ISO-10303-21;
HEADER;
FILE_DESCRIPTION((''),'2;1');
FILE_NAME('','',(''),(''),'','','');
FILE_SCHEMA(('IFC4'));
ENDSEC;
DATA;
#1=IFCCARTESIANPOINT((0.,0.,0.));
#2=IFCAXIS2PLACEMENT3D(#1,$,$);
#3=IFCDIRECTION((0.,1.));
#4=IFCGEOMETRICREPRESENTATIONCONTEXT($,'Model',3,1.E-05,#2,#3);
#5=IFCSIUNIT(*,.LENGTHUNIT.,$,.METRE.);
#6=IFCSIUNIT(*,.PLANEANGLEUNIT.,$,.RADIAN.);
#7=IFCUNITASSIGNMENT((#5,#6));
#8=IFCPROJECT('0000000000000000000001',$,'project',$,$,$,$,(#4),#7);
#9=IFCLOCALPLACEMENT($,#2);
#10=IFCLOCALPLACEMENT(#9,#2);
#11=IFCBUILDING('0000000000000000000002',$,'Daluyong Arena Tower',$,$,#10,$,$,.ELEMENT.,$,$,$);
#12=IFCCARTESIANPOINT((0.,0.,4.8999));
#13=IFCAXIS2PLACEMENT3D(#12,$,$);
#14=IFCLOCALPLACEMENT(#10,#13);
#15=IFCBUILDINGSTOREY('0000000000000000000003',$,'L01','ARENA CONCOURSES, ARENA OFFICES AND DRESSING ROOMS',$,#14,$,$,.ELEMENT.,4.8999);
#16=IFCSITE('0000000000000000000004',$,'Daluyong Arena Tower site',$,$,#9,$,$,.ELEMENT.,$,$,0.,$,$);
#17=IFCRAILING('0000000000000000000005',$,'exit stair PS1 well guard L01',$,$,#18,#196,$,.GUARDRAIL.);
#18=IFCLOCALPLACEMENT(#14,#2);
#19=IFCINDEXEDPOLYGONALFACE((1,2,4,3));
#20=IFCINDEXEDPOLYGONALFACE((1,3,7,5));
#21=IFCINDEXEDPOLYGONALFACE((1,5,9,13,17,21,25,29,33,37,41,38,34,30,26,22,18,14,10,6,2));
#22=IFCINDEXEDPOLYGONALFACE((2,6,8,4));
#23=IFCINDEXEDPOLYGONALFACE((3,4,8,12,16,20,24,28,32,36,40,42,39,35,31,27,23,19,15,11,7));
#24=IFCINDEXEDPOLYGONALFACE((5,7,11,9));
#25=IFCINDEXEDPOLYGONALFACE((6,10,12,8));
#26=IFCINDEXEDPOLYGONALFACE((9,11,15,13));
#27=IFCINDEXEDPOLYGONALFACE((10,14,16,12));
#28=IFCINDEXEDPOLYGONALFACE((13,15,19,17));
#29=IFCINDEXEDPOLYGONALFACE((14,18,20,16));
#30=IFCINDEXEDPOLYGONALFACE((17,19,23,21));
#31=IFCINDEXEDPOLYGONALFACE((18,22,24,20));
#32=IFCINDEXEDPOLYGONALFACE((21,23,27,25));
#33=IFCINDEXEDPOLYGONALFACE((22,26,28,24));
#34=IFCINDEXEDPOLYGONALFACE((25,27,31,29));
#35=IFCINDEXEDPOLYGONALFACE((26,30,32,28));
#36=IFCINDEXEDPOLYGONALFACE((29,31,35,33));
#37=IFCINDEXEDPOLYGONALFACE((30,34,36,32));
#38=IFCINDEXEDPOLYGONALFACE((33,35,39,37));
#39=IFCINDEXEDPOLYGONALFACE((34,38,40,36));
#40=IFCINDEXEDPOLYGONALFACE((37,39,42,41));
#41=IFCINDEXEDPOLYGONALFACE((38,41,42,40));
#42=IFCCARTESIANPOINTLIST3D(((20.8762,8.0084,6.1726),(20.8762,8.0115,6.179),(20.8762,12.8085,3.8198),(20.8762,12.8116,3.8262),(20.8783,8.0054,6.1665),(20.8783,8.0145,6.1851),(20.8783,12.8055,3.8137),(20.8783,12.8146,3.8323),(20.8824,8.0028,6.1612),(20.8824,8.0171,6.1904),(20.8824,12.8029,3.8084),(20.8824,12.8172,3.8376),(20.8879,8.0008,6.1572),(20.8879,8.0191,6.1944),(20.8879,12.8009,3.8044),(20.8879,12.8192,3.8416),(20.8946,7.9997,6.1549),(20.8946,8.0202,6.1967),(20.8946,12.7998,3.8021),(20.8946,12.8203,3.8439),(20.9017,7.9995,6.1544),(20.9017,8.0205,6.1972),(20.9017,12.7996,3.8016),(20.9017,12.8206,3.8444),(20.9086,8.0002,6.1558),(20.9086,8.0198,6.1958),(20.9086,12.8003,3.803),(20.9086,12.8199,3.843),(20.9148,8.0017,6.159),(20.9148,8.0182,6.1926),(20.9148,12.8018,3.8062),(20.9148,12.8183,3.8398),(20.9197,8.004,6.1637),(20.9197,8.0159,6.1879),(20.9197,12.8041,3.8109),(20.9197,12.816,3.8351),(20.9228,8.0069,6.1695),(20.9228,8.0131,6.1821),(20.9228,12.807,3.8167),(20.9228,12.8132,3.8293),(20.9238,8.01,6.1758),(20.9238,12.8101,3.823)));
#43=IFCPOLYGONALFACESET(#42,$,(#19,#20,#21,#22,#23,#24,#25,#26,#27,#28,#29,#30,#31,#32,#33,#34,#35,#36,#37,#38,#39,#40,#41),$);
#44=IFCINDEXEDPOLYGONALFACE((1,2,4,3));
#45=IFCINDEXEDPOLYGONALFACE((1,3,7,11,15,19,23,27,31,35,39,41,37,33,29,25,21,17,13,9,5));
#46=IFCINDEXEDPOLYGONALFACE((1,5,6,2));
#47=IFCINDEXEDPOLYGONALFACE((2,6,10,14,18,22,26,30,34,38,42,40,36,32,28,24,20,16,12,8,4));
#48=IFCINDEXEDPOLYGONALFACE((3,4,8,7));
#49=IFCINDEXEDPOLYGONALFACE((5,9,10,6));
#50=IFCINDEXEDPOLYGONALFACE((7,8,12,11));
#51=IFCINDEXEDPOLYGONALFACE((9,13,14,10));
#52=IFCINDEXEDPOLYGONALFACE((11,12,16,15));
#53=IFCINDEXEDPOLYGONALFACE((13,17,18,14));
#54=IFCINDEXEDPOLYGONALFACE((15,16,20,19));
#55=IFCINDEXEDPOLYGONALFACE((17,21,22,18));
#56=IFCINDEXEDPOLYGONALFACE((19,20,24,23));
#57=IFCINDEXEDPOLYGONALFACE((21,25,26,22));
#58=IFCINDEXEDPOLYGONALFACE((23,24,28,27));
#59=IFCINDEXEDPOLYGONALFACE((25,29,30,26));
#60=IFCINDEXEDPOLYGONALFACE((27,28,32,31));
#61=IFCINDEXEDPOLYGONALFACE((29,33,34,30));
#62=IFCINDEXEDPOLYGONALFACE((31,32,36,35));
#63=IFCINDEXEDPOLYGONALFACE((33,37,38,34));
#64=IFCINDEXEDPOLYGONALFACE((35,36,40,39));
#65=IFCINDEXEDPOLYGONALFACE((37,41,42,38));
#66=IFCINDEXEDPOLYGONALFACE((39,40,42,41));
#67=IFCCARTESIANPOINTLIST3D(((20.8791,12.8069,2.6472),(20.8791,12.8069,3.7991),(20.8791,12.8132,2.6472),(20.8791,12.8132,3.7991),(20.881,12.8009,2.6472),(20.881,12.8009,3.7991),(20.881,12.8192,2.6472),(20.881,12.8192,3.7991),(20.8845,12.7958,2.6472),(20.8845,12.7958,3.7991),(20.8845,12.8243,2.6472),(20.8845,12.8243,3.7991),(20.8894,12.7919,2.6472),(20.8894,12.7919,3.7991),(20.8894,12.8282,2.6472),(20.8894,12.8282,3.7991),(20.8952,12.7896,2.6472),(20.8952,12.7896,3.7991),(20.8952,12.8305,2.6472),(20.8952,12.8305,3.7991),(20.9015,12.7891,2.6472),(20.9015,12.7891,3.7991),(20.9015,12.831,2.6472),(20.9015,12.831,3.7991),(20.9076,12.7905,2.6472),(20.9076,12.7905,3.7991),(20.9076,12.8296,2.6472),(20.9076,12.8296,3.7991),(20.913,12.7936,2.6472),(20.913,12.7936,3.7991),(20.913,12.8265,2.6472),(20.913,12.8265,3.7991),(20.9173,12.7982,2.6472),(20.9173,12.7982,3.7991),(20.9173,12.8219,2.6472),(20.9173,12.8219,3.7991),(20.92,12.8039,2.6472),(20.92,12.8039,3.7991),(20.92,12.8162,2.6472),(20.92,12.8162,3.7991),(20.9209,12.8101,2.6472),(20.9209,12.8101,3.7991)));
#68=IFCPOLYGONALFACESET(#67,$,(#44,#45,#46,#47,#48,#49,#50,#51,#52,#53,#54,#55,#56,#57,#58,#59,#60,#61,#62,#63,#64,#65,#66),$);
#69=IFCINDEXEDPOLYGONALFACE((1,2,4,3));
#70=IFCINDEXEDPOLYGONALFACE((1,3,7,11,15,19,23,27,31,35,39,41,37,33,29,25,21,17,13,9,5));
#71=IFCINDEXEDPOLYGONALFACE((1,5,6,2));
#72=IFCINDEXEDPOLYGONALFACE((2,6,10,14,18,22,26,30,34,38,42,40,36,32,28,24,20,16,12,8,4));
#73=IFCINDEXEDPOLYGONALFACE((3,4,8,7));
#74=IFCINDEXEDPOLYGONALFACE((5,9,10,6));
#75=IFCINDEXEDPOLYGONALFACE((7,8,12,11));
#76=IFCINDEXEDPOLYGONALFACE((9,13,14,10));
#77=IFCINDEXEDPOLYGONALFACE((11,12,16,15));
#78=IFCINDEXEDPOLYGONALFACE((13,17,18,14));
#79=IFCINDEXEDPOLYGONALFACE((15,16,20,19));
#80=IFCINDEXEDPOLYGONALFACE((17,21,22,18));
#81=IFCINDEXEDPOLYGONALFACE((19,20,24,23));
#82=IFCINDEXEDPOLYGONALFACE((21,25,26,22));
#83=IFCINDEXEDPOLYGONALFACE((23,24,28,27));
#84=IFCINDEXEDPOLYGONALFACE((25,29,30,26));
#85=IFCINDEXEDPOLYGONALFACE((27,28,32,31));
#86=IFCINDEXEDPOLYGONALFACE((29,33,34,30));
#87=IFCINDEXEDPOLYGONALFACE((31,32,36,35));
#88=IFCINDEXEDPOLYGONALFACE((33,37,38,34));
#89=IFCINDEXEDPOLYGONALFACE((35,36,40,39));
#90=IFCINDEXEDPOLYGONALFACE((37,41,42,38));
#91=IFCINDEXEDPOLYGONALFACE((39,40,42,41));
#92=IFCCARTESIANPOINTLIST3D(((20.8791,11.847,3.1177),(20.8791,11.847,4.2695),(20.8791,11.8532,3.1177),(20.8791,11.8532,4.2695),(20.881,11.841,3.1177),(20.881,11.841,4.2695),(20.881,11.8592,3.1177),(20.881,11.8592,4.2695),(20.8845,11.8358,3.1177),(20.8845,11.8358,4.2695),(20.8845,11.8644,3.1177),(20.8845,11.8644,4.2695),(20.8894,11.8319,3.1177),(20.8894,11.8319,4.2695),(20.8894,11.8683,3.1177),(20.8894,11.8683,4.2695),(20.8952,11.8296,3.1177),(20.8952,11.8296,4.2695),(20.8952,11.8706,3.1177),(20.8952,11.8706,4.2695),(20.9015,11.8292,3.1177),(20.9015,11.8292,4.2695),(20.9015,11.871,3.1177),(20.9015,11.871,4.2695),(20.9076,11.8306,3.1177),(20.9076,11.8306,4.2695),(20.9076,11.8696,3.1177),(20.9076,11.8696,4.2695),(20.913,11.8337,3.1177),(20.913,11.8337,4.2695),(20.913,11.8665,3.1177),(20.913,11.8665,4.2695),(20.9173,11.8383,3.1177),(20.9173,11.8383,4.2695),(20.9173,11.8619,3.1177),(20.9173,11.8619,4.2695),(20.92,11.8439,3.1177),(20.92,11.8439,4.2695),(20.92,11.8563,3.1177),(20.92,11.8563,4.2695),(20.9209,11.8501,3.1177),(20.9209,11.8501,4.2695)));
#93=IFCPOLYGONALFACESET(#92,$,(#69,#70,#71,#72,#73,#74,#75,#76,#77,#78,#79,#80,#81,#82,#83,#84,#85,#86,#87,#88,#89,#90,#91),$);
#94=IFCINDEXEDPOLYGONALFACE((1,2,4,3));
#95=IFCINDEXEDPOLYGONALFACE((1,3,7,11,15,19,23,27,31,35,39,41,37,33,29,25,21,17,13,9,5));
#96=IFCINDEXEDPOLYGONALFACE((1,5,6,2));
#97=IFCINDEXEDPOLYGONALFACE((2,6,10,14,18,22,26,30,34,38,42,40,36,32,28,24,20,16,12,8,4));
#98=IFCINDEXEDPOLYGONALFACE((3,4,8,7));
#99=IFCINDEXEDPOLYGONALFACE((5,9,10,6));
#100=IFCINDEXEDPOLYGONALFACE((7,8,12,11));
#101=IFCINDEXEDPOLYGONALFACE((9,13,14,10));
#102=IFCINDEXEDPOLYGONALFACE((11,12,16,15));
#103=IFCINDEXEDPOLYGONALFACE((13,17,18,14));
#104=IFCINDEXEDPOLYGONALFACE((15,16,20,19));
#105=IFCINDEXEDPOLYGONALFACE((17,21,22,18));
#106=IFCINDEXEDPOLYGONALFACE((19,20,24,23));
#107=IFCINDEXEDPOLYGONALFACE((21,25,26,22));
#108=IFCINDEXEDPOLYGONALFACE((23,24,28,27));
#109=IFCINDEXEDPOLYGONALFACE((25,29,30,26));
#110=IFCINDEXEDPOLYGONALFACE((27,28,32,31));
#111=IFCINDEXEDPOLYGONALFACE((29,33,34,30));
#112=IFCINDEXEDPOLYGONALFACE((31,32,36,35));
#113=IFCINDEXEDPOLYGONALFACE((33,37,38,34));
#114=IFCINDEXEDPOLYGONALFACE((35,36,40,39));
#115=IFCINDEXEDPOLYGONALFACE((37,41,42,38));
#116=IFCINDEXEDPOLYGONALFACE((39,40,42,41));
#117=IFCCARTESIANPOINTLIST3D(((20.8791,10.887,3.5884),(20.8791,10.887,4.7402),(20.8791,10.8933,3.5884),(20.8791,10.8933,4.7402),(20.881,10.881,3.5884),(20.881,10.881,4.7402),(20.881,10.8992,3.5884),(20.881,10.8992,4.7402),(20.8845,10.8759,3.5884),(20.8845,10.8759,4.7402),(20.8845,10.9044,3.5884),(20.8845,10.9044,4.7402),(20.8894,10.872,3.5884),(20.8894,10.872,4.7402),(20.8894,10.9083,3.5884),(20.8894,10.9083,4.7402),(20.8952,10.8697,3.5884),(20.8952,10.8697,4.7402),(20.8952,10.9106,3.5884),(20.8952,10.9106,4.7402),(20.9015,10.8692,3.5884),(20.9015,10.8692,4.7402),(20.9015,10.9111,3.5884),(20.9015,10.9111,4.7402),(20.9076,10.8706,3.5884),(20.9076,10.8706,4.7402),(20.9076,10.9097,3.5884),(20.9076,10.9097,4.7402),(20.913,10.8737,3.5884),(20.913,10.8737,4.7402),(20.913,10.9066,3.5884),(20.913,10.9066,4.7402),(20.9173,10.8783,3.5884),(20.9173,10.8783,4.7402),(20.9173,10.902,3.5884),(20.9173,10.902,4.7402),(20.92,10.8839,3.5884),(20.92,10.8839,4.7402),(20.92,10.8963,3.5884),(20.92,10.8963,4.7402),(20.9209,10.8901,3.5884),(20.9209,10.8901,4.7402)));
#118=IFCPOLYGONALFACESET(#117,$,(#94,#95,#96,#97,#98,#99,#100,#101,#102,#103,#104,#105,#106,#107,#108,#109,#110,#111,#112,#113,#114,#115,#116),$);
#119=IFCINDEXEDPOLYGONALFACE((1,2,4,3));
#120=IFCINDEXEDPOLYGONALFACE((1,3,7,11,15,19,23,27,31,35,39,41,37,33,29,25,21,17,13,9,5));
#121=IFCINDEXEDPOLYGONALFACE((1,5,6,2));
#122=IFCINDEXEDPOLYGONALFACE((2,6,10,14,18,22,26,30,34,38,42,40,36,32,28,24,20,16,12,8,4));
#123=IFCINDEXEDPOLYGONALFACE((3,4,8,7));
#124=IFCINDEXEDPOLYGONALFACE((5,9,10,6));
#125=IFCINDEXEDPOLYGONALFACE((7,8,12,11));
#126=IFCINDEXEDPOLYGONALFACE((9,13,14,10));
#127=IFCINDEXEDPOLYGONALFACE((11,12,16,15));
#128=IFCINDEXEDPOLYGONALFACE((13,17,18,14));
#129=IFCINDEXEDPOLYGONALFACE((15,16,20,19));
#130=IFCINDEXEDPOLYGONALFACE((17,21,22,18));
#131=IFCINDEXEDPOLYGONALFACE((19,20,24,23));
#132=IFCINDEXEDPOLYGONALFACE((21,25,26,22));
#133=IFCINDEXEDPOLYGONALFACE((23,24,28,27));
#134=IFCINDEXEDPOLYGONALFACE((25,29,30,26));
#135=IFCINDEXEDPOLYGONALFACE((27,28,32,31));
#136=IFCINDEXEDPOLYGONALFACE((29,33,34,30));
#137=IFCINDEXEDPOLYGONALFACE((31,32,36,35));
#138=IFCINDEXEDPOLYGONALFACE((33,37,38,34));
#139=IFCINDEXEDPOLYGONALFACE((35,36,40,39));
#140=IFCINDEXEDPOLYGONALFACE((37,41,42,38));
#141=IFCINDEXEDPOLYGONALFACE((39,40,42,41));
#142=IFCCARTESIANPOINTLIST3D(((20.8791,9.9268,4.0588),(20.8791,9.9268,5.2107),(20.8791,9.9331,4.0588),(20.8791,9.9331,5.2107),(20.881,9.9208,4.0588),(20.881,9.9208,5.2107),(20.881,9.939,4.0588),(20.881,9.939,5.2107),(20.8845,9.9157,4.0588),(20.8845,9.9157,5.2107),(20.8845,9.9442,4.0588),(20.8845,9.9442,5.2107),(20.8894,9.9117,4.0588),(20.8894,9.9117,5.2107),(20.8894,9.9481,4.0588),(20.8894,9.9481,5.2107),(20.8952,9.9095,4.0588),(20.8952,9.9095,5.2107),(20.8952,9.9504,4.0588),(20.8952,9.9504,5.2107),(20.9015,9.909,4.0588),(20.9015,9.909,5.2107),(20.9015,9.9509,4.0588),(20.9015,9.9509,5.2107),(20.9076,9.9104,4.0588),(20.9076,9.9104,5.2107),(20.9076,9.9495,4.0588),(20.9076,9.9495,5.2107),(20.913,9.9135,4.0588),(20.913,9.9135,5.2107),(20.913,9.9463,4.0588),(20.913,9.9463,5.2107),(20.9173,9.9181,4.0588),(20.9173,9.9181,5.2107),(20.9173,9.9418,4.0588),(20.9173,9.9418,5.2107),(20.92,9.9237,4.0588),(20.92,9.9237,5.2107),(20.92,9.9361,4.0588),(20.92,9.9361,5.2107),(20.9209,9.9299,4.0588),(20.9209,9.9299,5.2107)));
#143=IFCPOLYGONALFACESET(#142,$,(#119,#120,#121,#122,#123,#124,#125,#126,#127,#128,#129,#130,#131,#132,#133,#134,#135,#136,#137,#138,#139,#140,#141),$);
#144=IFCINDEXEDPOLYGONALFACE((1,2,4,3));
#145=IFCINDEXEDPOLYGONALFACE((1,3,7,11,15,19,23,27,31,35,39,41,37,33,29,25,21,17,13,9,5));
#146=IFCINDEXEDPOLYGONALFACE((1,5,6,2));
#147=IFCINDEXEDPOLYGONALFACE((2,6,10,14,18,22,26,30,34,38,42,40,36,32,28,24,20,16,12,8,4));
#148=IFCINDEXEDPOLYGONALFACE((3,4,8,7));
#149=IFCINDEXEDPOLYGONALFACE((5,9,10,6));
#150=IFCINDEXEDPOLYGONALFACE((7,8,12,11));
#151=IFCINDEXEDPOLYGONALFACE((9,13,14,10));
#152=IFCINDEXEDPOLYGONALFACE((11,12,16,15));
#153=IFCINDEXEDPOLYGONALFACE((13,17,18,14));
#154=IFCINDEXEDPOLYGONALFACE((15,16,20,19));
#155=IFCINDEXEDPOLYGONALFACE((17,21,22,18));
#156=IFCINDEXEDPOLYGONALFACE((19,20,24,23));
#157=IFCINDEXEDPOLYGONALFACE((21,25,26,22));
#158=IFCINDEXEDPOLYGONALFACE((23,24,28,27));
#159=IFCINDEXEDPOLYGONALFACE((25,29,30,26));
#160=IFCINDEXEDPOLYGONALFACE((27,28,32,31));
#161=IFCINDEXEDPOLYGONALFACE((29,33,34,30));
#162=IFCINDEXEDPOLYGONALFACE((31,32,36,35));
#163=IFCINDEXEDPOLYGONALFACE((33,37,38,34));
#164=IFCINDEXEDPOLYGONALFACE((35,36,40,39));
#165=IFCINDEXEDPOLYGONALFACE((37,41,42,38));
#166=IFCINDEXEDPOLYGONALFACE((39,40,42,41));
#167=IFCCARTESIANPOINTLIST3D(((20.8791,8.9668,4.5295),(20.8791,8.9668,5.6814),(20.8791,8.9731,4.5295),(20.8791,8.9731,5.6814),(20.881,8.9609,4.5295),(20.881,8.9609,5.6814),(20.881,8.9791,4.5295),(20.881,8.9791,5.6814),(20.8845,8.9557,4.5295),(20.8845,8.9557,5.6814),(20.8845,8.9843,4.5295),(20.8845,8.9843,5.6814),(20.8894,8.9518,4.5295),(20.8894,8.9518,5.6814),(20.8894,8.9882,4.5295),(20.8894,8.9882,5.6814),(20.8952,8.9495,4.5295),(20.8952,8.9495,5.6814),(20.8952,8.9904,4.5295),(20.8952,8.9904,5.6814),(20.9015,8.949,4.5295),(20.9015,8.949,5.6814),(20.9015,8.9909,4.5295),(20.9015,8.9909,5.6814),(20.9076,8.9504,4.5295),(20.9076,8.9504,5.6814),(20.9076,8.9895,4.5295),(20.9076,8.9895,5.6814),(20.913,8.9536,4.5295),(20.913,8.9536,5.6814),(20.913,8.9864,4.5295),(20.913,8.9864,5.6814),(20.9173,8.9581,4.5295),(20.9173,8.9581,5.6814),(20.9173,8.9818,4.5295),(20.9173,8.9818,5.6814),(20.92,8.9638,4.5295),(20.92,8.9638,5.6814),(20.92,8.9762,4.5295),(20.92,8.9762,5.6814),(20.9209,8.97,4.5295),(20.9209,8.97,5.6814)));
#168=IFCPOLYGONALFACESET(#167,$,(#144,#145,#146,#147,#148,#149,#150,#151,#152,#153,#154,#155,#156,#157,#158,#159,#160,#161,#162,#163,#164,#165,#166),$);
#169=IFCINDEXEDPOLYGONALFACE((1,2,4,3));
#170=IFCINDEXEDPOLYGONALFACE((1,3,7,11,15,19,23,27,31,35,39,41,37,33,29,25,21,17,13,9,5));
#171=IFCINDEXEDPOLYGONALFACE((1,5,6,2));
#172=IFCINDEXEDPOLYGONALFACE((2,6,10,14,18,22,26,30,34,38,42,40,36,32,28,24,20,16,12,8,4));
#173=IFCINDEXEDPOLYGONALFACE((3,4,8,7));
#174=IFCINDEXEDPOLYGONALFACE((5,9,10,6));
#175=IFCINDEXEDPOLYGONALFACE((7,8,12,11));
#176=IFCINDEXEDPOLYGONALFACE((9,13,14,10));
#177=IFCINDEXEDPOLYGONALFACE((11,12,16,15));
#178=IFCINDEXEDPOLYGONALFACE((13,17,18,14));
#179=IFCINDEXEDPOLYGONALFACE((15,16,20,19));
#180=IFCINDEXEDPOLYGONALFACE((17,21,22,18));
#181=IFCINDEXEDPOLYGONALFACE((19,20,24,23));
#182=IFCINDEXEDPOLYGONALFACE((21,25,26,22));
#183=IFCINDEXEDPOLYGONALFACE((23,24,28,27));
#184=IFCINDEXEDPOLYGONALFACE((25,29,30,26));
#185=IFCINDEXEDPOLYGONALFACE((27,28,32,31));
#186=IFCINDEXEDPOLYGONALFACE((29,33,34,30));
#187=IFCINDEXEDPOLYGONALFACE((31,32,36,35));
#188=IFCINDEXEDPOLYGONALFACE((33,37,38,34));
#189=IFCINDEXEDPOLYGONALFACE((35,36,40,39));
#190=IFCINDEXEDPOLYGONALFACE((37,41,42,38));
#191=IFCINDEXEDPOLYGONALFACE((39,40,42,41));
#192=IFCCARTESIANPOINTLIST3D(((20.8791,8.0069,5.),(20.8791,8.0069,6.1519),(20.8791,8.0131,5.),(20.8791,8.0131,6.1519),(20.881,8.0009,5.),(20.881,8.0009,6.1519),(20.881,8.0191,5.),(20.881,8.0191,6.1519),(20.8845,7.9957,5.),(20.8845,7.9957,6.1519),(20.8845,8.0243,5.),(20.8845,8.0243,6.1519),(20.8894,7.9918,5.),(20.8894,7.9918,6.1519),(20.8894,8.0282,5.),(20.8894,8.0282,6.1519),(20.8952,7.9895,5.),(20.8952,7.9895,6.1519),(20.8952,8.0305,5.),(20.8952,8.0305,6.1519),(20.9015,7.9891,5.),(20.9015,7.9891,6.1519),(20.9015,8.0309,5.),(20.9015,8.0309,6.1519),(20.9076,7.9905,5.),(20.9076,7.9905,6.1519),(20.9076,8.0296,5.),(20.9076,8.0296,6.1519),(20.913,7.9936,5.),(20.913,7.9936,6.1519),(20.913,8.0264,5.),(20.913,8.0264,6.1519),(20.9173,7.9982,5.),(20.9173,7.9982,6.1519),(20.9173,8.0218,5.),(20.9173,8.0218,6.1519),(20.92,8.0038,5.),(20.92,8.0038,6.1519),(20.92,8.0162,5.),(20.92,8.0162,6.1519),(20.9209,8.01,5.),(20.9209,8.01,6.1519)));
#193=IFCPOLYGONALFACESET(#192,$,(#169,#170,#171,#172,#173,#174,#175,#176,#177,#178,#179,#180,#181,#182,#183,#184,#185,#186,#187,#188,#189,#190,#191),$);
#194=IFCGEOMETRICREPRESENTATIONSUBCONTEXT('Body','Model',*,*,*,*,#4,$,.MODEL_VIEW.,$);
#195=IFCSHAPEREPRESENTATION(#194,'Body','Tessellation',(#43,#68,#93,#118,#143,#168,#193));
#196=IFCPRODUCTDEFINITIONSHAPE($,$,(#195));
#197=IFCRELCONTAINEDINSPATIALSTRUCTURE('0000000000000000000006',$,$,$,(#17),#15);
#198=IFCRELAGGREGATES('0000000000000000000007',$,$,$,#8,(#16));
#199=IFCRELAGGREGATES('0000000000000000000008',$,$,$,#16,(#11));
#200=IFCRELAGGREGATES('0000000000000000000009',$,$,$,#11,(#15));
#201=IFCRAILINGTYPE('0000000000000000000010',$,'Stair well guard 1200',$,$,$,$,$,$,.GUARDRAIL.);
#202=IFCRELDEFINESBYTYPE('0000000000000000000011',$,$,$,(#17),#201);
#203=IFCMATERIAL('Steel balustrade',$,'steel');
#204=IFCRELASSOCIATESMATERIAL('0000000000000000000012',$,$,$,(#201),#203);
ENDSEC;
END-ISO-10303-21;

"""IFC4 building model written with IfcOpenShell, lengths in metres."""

from ifc_helpers import new_model, si_unit, direction, frame, origin, origin_2d, place, context, subcontext, project, spatial, circle, extrude, material, type_object, element, save


model = new_model("IFC4")

# Units and contexts
model_context = context("Model", 3, precision=1e-05, world=origin(), true_north=direction((0.0, 1.0)))
body_context = subcontext(model_context, "Body", "Model", "MODEL_VIEW")
ifc_project = project(units=[si_unit("LENGTHUNIT", "METRE"), si_unit("PLANEANGLEUNIT", "RADIAN")], contexts=[model_context])

# Site, building, storey
site_placement = place(None, origin())
site = spatial("IfcSite", under=ifc_project, at=site_placement, Name="Daluyong Arena Tower site", CompositionType="ELEMENT", RefElevation=0.0)
building_placement = place(site_placement, origin())
building = spatial("IfcBuilding", under=site, at=building_placement, Name="Daluyong Arena Tower", CompositionType="ELEMENT")
storey_placement = place(building_placement, frame((0.0, 0.0, 4.8999)))
storey = spatial("IfcBuildingStorey", under=building, at=storey_placement, Name="L01", Description="ARENA CONCOURSES, ARENA OFFICES AND DRESSING ROOMS", CompositionType="ELEMENT", Elevation=4.8999)

# Railing
ifc_material_1 = material(Name="Steel balustrade", Category="steel")
railing_type_1 = type_object("IfcRailingType", Name="Stair well guard 1200", PredefinedType="GUARDRAIL", material=ifc_material_1)
railing_1_placement = place(storey_placement, frame((20.8999, 12.8101, 2.6472)))
element("IfcRailing", 1, at=railing_1_placement, inside=storey, type_object=railing_type_1, Name="exit stair PS1 well guard L01", PredefinedType="GUARDRAIL", context=body_context, shape_type="SweptSolid", body=[
    extrude(circle(Radius=0.0239, at=origin_2d()), frame((0.0, 0.0, 1.1758), z_axis=(0.0, -0.897934, 0.44013), x_axis=(1.0, 0.0, 0.0)), (0.0, 0.0, 1.0), 5.3457),
    extrude(circle(Radius=0.021, at=origin_2d()), origin(), (0.0, 0.0, 1.0), 1.1519),
    extrude(circle(Radius=0.021, at=origin_2d()), frame((0.0, -0.96, 0.4705)), (0.0, 0.0, 1.0), 1.1519),
    extrude(circle(Radius=0.021, at=origin_2d()), frame((0.0, -1.9199, 0.9412)), (0.0, 0.0, 1.0), 1.1519),
    extrude(circle(Radius=0.021, at=origin_2d()), frame((0.0, -2.8801, 1.4116)), (0.0, 0.0, 1.0), 1.1519),
    extrude(circle(Radius=0.021, at=origin_2d()), frame((0.0, -3.8401, 1.8823)), (0.0, 0.0, 1.0), 1.1519),
    extrude(circle(Radius=0.021, at=origin_2d()), frame((0.0, -4.8, 2.3528)), (0.0, 0.0, 1.0), 1.1519),
])

save(model, "model.ifc")
